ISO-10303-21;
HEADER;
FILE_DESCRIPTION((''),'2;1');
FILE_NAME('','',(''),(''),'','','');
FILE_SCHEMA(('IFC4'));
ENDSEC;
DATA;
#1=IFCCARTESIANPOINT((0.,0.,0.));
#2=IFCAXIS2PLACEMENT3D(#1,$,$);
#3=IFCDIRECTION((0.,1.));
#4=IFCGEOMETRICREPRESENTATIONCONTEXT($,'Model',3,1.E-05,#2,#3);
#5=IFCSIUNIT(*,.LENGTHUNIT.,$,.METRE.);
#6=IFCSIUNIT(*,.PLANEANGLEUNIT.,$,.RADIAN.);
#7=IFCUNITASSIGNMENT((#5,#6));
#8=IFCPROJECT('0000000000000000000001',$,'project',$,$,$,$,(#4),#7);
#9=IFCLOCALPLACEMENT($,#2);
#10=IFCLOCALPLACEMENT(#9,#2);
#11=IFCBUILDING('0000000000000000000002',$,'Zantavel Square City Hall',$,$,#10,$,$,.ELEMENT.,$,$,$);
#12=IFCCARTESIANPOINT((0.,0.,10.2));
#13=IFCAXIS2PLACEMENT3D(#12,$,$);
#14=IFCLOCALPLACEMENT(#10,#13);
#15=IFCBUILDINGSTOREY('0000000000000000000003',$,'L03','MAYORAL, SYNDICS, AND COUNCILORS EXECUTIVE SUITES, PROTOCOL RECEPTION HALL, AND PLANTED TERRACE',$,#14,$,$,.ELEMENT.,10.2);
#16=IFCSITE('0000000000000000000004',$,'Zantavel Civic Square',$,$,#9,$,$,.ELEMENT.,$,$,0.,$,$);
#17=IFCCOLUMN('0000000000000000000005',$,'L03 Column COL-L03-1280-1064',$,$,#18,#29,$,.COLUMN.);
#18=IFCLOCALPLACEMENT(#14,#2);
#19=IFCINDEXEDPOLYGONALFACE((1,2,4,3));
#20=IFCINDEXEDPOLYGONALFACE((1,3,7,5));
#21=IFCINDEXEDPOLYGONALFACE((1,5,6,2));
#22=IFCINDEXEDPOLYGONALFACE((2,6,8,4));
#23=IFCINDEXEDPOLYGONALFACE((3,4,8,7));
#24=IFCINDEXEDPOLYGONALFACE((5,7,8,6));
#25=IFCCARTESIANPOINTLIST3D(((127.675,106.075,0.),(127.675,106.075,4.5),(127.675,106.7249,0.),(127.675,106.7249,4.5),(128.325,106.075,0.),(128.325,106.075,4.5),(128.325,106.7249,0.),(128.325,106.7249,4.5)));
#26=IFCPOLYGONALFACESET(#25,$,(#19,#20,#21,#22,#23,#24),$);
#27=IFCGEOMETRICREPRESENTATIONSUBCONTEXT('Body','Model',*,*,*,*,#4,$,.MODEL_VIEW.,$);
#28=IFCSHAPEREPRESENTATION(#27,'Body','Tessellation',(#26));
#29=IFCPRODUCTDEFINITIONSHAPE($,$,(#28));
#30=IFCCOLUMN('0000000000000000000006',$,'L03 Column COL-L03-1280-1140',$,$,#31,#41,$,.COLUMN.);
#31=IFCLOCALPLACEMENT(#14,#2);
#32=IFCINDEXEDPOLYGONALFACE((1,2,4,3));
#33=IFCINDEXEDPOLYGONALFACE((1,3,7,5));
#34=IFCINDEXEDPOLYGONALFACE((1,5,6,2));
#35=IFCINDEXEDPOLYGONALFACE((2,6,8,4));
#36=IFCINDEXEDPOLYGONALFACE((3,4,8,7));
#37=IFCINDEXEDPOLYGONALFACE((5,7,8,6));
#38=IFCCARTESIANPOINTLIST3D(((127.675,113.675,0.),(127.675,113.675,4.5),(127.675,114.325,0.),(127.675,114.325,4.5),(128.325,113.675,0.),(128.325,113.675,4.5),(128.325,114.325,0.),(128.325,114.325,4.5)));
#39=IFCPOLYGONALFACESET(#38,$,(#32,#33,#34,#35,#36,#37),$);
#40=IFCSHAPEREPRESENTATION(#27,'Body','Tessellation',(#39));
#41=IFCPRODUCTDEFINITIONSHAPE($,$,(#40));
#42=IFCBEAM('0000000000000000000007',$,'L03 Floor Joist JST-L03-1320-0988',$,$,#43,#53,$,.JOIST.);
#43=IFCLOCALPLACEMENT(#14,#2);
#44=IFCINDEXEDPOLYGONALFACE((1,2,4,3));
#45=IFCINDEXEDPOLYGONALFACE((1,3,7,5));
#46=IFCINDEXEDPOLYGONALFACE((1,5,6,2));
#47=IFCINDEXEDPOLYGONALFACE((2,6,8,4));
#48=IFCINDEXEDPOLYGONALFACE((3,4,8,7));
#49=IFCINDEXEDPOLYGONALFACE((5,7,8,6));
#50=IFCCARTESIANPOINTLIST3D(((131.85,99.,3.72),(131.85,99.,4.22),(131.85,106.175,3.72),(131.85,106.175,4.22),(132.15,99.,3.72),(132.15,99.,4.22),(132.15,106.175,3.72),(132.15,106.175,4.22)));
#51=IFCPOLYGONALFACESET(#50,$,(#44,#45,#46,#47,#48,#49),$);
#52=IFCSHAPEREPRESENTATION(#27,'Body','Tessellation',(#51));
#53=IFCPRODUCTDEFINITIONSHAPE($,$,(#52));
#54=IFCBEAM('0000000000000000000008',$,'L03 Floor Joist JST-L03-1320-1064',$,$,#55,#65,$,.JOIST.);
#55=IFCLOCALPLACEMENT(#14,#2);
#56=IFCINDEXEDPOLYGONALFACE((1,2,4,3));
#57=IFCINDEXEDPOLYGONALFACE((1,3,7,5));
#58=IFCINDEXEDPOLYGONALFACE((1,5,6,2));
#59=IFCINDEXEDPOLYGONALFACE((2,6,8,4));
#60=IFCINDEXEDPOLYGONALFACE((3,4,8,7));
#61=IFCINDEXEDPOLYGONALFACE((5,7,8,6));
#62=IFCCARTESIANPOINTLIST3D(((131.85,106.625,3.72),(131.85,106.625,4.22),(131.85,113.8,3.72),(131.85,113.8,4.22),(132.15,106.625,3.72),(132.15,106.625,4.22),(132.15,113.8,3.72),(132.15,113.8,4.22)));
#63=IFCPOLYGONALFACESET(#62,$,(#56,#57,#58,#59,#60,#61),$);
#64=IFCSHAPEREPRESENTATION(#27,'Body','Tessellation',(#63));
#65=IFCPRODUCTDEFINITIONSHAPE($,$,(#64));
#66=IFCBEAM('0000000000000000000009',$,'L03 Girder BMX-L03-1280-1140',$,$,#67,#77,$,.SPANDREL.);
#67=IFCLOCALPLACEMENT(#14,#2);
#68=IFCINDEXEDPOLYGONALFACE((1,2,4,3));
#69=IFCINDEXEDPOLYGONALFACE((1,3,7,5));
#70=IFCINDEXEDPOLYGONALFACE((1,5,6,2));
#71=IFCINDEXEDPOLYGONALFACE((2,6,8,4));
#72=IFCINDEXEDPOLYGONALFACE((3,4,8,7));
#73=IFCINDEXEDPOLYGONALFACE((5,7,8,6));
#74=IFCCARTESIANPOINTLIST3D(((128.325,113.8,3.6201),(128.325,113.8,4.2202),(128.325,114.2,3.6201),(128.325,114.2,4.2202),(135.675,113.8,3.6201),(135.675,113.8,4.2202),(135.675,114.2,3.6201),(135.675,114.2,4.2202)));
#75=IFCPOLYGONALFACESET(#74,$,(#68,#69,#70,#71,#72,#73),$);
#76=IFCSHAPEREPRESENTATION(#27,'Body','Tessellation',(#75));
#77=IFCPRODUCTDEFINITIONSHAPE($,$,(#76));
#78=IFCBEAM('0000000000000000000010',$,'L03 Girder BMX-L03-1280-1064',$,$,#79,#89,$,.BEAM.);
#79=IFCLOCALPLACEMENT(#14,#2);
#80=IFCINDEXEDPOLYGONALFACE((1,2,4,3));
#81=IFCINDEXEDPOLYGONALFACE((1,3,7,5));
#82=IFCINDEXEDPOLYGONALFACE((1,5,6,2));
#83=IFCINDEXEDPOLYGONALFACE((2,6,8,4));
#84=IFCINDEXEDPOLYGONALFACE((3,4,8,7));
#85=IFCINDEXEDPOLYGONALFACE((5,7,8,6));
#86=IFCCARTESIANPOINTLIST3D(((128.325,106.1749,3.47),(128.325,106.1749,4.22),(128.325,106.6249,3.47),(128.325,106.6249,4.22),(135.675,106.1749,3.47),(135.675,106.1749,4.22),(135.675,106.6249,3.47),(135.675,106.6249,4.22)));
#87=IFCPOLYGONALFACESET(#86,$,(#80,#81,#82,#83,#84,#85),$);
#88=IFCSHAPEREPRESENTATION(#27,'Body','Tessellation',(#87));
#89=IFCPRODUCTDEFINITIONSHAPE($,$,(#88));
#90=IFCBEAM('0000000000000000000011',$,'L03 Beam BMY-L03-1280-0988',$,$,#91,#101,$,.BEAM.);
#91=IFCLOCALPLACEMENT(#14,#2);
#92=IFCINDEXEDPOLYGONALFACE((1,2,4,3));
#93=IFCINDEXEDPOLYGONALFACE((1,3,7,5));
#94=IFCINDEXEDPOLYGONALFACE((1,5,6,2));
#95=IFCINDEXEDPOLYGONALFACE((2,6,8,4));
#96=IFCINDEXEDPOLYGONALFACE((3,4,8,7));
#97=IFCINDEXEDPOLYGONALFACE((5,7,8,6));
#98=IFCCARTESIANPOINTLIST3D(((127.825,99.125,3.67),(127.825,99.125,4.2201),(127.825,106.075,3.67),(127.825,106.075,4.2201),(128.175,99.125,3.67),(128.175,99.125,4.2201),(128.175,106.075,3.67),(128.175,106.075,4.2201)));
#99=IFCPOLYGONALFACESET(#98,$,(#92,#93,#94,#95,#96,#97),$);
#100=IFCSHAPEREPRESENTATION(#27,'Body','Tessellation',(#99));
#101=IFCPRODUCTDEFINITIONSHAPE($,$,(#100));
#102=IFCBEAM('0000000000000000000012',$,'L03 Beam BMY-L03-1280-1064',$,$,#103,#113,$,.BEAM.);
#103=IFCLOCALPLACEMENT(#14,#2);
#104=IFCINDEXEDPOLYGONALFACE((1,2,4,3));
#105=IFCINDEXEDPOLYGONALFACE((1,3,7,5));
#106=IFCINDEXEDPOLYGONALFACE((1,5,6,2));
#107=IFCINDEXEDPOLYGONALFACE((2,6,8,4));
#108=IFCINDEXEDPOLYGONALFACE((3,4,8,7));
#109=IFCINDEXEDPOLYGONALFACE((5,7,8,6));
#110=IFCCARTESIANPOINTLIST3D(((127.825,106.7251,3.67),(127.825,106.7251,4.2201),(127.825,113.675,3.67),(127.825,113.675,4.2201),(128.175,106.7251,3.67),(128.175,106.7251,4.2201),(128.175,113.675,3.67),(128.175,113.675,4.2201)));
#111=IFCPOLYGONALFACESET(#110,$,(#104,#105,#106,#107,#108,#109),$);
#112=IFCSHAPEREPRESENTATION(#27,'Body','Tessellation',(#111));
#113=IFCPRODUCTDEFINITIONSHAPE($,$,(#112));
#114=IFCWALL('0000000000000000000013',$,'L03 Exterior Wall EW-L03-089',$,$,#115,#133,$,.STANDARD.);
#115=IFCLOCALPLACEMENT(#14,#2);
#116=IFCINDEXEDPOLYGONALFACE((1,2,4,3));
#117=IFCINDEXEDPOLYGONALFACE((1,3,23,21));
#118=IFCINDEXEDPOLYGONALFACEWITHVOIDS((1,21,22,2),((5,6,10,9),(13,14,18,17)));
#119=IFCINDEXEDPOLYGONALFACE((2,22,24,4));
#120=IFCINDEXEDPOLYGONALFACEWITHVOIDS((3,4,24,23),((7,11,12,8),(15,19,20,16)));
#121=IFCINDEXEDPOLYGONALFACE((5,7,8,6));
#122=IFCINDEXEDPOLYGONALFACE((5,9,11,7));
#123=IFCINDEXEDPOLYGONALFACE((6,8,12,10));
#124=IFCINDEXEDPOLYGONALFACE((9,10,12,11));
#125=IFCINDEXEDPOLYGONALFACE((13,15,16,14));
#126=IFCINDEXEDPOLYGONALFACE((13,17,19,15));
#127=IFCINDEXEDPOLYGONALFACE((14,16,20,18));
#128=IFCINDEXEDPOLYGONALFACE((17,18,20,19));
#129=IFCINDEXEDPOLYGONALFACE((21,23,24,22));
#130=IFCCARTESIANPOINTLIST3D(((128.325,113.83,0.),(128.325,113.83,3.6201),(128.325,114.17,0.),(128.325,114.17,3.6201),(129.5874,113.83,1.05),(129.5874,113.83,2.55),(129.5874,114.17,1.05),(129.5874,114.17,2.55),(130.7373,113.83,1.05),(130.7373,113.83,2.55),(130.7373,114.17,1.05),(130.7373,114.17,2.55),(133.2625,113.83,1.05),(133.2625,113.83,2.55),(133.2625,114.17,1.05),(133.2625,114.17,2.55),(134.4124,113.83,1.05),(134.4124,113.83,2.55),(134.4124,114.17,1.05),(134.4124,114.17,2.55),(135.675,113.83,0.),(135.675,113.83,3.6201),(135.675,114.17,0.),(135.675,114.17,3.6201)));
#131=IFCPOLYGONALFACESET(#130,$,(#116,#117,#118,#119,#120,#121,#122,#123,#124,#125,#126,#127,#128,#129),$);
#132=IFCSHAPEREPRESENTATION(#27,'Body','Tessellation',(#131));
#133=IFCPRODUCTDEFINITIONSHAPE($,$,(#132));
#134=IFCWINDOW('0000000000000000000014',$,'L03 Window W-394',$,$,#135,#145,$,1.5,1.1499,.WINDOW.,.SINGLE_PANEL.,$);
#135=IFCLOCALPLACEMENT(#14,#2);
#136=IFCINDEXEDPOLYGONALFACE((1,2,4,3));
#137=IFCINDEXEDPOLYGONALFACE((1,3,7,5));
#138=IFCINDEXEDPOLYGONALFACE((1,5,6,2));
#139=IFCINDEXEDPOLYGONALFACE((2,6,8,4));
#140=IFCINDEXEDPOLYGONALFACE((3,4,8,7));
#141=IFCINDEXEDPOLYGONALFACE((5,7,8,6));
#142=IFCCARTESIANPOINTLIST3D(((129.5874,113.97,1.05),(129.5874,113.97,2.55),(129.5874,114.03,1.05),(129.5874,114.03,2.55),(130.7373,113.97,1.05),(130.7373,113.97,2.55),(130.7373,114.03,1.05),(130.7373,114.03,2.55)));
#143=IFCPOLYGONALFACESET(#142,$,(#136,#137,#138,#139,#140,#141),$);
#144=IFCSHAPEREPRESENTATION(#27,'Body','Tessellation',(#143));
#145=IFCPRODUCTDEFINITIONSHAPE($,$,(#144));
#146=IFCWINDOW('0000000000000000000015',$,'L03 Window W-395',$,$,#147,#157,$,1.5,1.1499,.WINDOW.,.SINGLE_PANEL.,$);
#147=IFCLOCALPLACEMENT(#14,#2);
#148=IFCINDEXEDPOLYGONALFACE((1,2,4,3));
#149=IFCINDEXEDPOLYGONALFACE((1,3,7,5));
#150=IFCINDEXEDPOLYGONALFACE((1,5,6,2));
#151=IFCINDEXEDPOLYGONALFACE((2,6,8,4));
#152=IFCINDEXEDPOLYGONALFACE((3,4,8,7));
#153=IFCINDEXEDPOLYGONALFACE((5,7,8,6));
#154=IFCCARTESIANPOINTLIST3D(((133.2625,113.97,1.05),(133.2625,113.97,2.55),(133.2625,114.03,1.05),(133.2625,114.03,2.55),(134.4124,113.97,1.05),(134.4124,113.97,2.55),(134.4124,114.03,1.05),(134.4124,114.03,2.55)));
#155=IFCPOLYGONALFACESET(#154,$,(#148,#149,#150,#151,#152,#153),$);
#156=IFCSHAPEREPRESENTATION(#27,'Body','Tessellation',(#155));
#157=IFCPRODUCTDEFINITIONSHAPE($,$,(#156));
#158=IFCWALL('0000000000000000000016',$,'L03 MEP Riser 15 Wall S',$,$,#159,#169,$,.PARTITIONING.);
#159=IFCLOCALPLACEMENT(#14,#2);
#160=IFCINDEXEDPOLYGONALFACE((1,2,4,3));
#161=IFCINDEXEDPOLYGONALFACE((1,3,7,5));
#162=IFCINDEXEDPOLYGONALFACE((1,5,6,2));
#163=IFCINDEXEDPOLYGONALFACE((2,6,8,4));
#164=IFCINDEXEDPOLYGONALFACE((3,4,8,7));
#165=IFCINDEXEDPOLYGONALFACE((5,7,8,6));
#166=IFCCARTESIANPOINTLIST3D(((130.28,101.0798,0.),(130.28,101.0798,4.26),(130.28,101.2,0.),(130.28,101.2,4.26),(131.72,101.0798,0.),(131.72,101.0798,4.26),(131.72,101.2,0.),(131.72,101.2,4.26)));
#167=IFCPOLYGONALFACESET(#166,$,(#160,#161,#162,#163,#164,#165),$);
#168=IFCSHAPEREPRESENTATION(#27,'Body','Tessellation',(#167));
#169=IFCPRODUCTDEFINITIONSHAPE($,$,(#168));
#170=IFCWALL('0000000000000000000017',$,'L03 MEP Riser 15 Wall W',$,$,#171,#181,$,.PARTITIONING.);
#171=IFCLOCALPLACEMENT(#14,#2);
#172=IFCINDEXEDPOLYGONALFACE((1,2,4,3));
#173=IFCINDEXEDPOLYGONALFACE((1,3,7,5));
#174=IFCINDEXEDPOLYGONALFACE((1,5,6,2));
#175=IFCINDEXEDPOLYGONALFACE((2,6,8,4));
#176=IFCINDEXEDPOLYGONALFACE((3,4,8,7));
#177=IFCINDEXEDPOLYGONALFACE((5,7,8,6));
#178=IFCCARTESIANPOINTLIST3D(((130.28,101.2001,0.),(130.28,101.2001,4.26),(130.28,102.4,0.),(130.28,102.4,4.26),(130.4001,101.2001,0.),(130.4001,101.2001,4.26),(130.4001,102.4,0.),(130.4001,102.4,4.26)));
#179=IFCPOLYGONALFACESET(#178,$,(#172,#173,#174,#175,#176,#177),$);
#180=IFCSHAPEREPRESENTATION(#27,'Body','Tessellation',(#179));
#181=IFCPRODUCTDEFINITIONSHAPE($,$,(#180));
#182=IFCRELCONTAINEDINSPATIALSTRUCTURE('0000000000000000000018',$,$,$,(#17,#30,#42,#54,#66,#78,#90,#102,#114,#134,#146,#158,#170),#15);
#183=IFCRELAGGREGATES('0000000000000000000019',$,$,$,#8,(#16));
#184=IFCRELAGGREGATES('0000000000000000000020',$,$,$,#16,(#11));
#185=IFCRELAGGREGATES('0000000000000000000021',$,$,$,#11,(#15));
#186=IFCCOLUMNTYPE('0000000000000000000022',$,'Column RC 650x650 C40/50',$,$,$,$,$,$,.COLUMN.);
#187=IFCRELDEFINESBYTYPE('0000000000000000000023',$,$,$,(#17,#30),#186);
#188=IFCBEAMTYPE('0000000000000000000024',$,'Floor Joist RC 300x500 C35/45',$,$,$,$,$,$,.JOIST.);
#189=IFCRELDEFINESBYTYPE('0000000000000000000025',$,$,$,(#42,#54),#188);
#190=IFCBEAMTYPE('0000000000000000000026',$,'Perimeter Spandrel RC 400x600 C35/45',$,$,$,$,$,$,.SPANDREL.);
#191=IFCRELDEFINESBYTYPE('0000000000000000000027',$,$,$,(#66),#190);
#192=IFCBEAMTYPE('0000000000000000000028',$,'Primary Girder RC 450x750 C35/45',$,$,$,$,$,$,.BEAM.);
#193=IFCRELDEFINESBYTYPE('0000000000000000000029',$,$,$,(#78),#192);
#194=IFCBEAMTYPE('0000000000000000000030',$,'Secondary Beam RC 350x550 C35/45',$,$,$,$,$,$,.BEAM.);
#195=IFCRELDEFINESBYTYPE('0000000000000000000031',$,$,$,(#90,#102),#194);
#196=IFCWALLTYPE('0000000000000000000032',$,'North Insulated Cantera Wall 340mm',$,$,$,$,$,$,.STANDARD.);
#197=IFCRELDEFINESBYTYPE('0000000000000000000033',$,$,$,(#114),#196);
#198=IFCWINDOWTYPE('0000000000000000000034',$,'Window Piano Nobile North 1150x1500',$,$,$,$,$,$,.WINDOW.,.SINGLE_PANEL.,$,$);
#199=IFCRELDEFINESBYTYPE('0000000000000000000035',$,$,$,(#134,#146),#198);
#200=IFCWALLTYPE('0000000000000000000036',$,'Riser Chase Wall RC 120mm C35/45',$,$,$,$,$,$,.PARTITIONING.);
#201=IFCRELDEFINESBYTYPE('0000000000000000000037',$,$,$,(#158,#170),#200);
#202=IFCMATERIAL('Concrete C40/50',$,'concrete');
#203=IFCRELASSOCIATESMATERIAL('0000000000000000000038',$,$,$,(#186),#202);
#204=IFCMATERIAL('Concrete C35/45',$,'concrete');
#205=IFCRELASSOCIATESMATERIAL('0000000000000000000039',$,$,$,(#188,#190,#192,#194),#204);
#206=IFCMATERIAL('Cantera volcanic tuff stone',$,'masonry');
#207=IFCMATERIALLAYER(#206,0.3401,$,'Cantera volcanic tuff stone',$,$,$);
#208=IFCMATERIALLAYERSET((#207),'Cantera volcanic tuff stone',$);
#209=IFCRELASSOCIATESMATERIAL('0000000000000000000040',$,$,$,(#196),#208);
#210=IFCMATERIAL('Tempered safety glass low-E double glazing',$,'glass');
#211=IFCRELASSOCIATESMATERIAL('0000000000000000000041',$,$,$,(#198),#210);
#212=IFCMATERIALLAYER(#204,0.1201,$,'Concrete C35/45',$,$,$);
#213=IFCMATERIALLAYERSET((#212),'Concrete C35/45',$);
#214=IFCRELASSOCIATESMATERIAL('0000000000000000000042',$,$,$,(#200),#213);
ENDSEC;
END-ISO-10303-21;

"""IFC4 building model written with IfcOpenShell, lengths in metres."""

from ifc_helpers import new_model, si_unit, direction, frame, frame_2d, origin, origin_2d, place, context, subcontext, project, spatial, rectangle, extrude, material, layer, layer_set, material_profile, profile_set, type_object, element, fill, save


model = new_model("IFC4")

# Units and contexts
model_context = context("Model", 3, precision=1e-05, world=origin(), true_north=direction((0.0, 1.0)))
body_context = subcontext(model_context, "Body", "Model", "MODEL_VIEW")
ifc_project = project(units=[si_unit("LENGTHUNIT", "METRE"), si_unit("PLANEANGLEUNIT", "RADIAN")], contexts=[model_context])

# Site, building, storey
site_placement = place(None, origin())
site = spatial("IfcSite", under=ifc_project, at=site_placement, Name="Zantavel Civic Square", CompositionType="ELEMENT", RefElevation=0.0)
building_placement = place(site_placement, origin())
building = spatial("IfcBuilding", under=site, at=building_placement, Name="Zantavel Square City Hall", CompositionType="ELEMENT")
storey_placement = place(building_placement, frame((0.0, 0.0, 10.2)))
storey = spatial("IfcBuildingStorey", under=building, at=storey_placement, Name="L03", Description="MAYORAL, SYNDICS, AND COUNCILORS EXECUTIVE SUITES, PROTOCOL RECEPTION HALL, AND PLANTED TERRACE", CompositionType="ELEMENT", Elevation=10.2)

# Columns
ifc_material_1 = material(Name="Concrete C40/50", Category="concrete")
ifc_material_profile_1 = material_profile(ifc_material_1, rectangle(XDim=0.6499, YDim=0.6499, at=origin_2d()), Name="RC 650x650")
ifc_profile_set_1 = profile_set([ifc_material_profile_1], Name="Concrete C40/50")
column_type = type_object("IfcColumnType", Name="Column RC 650x650 C40/50", PredefinedType="COLUMN", material=ifc_profile_set_1)
for number, where, z_axis, x_axis, name in (
    (1, (128.0, 106.3999, 0.0), (0.0, 0.0, 1.0), (1.0, 0.0, 0.0), "L03 Column COL-L03-1280-1064"),
    (2, (128.0, 114.0, 0.0), (0.0, 0.0, 1.0), (1.0, 0.0, 0.0), "L03 Column COL-L03-1280-1140"),
):
    element("IfcColumn", number, at=place(storey_placement, frame(where, z_axis=z_axis, x_axis=x_axis)), inside=storey, type_object=column_type, Name=name, PredefinedType="COLUMN", context=body_context, shape_type="SweptSolid", body=[
        extrude(rectangle(XDim=0.6499, YDim=0.6499, at=origin_2d()), origin(), (0.0, 0.0, 1.0), 4.5),
    ])

# Beams
ifc_material_2 = material(Name="Concrete C35/45", Category="concrete")
ifc_material_profile_2 = material_profile(ifc_material_2, rectangle(XDim=0.3, YDim=0.5, at=origin_2d()), Name="RC 300x500")
ifc_profile_set_2 = profile_set([ifc_material_profile_2], Name="Concrete C35/45")
beam_type_1 = type_object("IfcBeamType", Name="Floor Joist RC 300x500 C35/45", PredefinedType="JOIST", material=ifc_profile_set_2)
for number, where, z_axis, x_axis, name in (
    (3, (132.0, 99.0, 3.97), (0.0, 1.0, 0.0), (-1.0, 0.0, 0.0), "L03 Floor Joist JST-L03-1320-0988"),
    (4, (132.0, 106.625, 3.97), (0.0, 1.0, 0.0), (-1.0, 0.0, 0.0), "L03 Floor Joist JST-L03-1320-1064"),
):
    element("IfcBeam", number, at=place(storey_placement, frame(where, z_axis=z_axis, x_axis=x_axis)), inside=storey, type_object=beam_type_1, Name=name, PredefinedType="JOIST", context=body_context, shape_type="SweptSolid", body=[
        extrude(rectangle(XDim=0.3, YDim=0.5, at=origin_2d()), origin(), (0.0, 0.0, 1.0), 7.175),
    ])
ifc_material_profile_3 = material_profile(ifc_material_2, rectangle(XDim=0.3999, YDim=0.6001, at=origin_2d()), Name="RC 400x600")
ifc_profile_set_3 = profile_set([ifc_material_profile_3], Name="Concrete C35/45")
beam_type_2 = type_object("IfcBeamType", Name="Perimeter Spandrel RC 400x600 C35/45", PredefinedType="SPANDREL", material=ifc_profile_set_3)
beam_1_placement = place(storey_placement, frame((128.325, 114.0, 3.9202), z_axis=(1.0, 0.0, 0.0), x_axis=(0.0, 1.0, 0.0)))
element("IfcBeam", 5, at=beam_1_placement, inside=storey, type_object=beam_type_2, Name="L03 Girder BMX-L03-1280-1140", PredefinedType="SPANDREL", context=body_context, shape_type="SweptSolid", body=[
    extrude(rectangle(XDim=0.3999, YDim=0.6001, at=origin_2d()), origin(), (0.0, 0.0, 1.0), 7.3501),
])
ifc_material_profile_4 = material_profile(ifc_material_2, rectangle(XDim=0.45, YDim=0.75, at=origin_2d()), Name="RC 450x750")
ifc_profile_set_4 = profile_set([ifc_material_profile_4], Name="Concrete C35/45")
beam_type_3 = type_object("IfcBeamType", Name="Primary Girder RC 450x750 C35/45", PredefinedType="BEAM", material=ifc_profile_set_4)
beam_2_placement = place(storey_placement, frame((128.325, 106.3999, 3.845), z_axis=(1.0, 0.0, 0.0), x_axis=(0.0, 1.0, 0.0)))
element("IfcBeam", 6, at=beam_2_placement, inside=storey, type_object=beam_type_3, Name="L03 Girder BMX-L03-1280-1064", PredefinedType="BEAM", context=body_context, shape_type="SweptSolid", body=[
    extrude(rectangle(XDim=0.45, YDim=0.75, at=origin_2d()), origin(), (0.0, 0.0, 1.0), 7.3501),
])
ifc_material_profile_5 = material_profile(ifc_material_2, rectangle(XDim=0.3501, YDim=0.55, at=origin_2d()), Name="RC 350x550")
ifc_profile_set_5 = profile_set([ifc_material_profile_5], Name="Concrete C35/45")
beam_type_4 = type_object("IfcBeamType", Name="Secondary Beam RC 350x550 C35/45", PredefinedType="BEAM", material=ifc_profile_set_5)
for number, where, z_axis, x_axis, name in (
    (7, (128.0, 99.125, 3.9451), (0.0, 1.0, 0.0), (-1.0, 0.0, 0.0), "L03 Beam BMY-L03-1280-0988"),
    (8, (128.0, 106.7251, 3.9451), (0.0, 1.0, 0.0), (-1.0, 0.0, 0.0), "L03 Beam BMY-L03-1280-1064"),
):
    element("IfcBeam", number, at=place(storey_placement, frame(where, z_axis=z_axis, x_axis=x_axis)), inside=storey, type_object=beam_type_4, Name=name, PredefinedType="BEAM", context=body_context, shape_type="SweptSolid", body=[
        extrude(rectangle(XDim=0.3501, YDim=0.55, at=origin_2d()), origin(), (0.0, 0.0, 1.0), 6.95),
    ])

# Wall, openings, windows
ifc_material_3 = material(Name="Cantera volcanic tuff stone", Category="masonry")
ifc_layer_1 = layer(ifc_material_3, 0.3401, Name="Cantera volcanic tuff stone")
ifc_layer_set_1 = layer_set([ifc_layer_1], Name="Cantera volcanic tuff stone")
wall_type_1 = type_object("IfcWallType", Name="North Insulated Cantera Wall 340mm", PredefinedType="STANDARD", material=ifc_layer_set_1)
wall_1_placement = place(storey_placement, frame((128.325, 114.0, 0.0), z_axis=(0.0, 0.0, 1.0), x_axis=(1.0, 0.0, 0.0)))
wall_1 = element("IfcWall", 9, at=wall_1_placement, inside=storey, type_object=wall_type_1, Name="L03 Exterior Wall EW-L03-089", PredefinedType="STANDARD", context=body_context, shape_type="SweptSolid", body=[
    extrude(rectangle(XDim=7.3501, YDim=0.3401, at=frame_2d((3.675, 0.0))), origin(), (0.0, 0.0, 1.0), 3.6201),
])
opening_1_placement = place(wall_1_placement, frame((1.2625, 0.0, 1.05)))
opening_1 = element("IfcOpeningElement", 10, at=opening_1_placement, cuts=wall_1, PredefinedType="OPENING", context=body_context, shape_type="SweptSolid", body=[
    extrude(rectangle(XDim=1.1499, YDim=1.5, at=frame_2d((0.575, 0.75))), frame((0.0, 0.1799, 0.0), z_axis=(0.0, -1.0, 0.0), x_axis=(1.0, 0.0, 0.0)), (0.0, 0.0, 1.0), 0.3601),
])
opening_2_placement = place(wall_1_placement, frame((4.9375, 0.0, 1.05)))
opening_2 = element("IfcOpeningElement", 11, at=opening_2_placement, cuts=wall_1, PredefinedType="OPENING", context=body_context, shape_type="SweptSolid", body=[
    extrude(rectangle(XDim=1.1499, YDim=1.5, at=frame_2d((0.575, 0.75))), frame((0.0, 0.1799, 0.0), z_axis=(0.0, -1.0, 0.0), x_axis=(1.0, 0.0, 0.0)), (0.0, 0.0, 1.0), 0.3601),
])
ifc_material_4 = material(Name="Tempered safety glass low-E double glazing", Category="glass")
window_type = type_object("IfcWindowType", Name="Window Piano Nobile North 1150x1500", PartitioningType="SINGLE_PANEL", PredefinedType="WINDOW", material=ifc_material_4)
window_1_placement = place(opening_1_placement, origin())
window_1 = element("IfcWindow", 12, at=window_1_placement, inside=storey, type_object=window_type, Name="L03 Window W-394", OverallHeight=1.5, OverallWidth=1.1499, PartitioningType="SINGLE_PANEL", PredefinedType="WINDOW", context=body_context, shape_type="SweptSolid", body=[
    extrude(rectangle(XDim=1.1499, YDim=1.5, at=frame_2d((0.575, 0.75))), frame((0.0, 0.03, 0.0), z_axis=(0.0, -1.0, 0.0), x_axis=(1.0, 0.0, 0.0)), (0.0, 0.0, 1.0), 0.0601),
])
fill(opening_1, window_1)
window_2_placement = place(opening_2_placement, origin())
window_2 = element("IfcWindow", 13, at=window_2_placement, inside=storey, type_object=window_type, Name="L03 Window W-395", OverallHeight=1.5, OverallWidth=1.1499, PartitioningType="SINGLE_PANEL", PredefinedType="WINDOW", context=body_context, shape_type="SweptSolid", body=[
    extrude(rectangle(XDim=1.1499, YDim=1.5, at=frame_2d((0.575, 0.75))), frame((0.0, 0.03, 0.0), z_axis=(0.0, -1.0, 0.0), x_axis=(1.0, 0.0, 0.0)), (0.0, 0.0, 1.0), 0.0601),
])
fill(opening_2, window_2)

# Walls
ifc_layer_2 = layer(ifc_material_2, 0.1201, Name="Concrete C35/45")
ifc_layer_set_2 = layer_set([ifc_layer_2], Name="Concrete C35/45")
wall_type_2 = type_object("IfcWallType", Name="Riser Chase Wall RC 120mm C35/45", PredefinedType="PARTITIONING", material=ifc_layer_set_2)
wall_2_placement = place(storey_placement, frame((131.72, 101.1399, 0.0), z_axis=(0.0, 0.0, 1.0), x_axis=(-1.0, 0.0, 0.0)))
element("IfcWall", 14, at=wall_2_placement, inside=storey, type_object=wall_type_2, Name="L03 MEP Riser 15 Wall S", PredefinedType="PARTITIONING", context=body_context, shape_type="SweptSolid", body=[
    extrude(rectangle(XDim=1.4399, YDim=0.1201, at=frame_2d((0.72, 0.0))), origin(), (0.0, 0.0, 1.0), 4.26),
])
wall_3_placement = place(storey_placement, frame((130.3401, 101.2, 0.0), z_axis=(0.0, 0.0, 1.0), x_axis=(0.0, 1.0, 0.0)))
element("IfcWall", 15, at=wall_3_placement, inside=storey, type_object=wall_type_2, Name="L03 MEP Riser 15 Wall W", PredefinedType="PARTITIONING", context=body_context, shape_type="SweptSolid", body=[
    extrude(rectangle(XDim=1.2, YDim=0.1201, at=frame_2d((0.6001, 0.0))), origin(), (0.0, 0.0, 1.0), 4.26),
])

save(model, "model.ifc")
